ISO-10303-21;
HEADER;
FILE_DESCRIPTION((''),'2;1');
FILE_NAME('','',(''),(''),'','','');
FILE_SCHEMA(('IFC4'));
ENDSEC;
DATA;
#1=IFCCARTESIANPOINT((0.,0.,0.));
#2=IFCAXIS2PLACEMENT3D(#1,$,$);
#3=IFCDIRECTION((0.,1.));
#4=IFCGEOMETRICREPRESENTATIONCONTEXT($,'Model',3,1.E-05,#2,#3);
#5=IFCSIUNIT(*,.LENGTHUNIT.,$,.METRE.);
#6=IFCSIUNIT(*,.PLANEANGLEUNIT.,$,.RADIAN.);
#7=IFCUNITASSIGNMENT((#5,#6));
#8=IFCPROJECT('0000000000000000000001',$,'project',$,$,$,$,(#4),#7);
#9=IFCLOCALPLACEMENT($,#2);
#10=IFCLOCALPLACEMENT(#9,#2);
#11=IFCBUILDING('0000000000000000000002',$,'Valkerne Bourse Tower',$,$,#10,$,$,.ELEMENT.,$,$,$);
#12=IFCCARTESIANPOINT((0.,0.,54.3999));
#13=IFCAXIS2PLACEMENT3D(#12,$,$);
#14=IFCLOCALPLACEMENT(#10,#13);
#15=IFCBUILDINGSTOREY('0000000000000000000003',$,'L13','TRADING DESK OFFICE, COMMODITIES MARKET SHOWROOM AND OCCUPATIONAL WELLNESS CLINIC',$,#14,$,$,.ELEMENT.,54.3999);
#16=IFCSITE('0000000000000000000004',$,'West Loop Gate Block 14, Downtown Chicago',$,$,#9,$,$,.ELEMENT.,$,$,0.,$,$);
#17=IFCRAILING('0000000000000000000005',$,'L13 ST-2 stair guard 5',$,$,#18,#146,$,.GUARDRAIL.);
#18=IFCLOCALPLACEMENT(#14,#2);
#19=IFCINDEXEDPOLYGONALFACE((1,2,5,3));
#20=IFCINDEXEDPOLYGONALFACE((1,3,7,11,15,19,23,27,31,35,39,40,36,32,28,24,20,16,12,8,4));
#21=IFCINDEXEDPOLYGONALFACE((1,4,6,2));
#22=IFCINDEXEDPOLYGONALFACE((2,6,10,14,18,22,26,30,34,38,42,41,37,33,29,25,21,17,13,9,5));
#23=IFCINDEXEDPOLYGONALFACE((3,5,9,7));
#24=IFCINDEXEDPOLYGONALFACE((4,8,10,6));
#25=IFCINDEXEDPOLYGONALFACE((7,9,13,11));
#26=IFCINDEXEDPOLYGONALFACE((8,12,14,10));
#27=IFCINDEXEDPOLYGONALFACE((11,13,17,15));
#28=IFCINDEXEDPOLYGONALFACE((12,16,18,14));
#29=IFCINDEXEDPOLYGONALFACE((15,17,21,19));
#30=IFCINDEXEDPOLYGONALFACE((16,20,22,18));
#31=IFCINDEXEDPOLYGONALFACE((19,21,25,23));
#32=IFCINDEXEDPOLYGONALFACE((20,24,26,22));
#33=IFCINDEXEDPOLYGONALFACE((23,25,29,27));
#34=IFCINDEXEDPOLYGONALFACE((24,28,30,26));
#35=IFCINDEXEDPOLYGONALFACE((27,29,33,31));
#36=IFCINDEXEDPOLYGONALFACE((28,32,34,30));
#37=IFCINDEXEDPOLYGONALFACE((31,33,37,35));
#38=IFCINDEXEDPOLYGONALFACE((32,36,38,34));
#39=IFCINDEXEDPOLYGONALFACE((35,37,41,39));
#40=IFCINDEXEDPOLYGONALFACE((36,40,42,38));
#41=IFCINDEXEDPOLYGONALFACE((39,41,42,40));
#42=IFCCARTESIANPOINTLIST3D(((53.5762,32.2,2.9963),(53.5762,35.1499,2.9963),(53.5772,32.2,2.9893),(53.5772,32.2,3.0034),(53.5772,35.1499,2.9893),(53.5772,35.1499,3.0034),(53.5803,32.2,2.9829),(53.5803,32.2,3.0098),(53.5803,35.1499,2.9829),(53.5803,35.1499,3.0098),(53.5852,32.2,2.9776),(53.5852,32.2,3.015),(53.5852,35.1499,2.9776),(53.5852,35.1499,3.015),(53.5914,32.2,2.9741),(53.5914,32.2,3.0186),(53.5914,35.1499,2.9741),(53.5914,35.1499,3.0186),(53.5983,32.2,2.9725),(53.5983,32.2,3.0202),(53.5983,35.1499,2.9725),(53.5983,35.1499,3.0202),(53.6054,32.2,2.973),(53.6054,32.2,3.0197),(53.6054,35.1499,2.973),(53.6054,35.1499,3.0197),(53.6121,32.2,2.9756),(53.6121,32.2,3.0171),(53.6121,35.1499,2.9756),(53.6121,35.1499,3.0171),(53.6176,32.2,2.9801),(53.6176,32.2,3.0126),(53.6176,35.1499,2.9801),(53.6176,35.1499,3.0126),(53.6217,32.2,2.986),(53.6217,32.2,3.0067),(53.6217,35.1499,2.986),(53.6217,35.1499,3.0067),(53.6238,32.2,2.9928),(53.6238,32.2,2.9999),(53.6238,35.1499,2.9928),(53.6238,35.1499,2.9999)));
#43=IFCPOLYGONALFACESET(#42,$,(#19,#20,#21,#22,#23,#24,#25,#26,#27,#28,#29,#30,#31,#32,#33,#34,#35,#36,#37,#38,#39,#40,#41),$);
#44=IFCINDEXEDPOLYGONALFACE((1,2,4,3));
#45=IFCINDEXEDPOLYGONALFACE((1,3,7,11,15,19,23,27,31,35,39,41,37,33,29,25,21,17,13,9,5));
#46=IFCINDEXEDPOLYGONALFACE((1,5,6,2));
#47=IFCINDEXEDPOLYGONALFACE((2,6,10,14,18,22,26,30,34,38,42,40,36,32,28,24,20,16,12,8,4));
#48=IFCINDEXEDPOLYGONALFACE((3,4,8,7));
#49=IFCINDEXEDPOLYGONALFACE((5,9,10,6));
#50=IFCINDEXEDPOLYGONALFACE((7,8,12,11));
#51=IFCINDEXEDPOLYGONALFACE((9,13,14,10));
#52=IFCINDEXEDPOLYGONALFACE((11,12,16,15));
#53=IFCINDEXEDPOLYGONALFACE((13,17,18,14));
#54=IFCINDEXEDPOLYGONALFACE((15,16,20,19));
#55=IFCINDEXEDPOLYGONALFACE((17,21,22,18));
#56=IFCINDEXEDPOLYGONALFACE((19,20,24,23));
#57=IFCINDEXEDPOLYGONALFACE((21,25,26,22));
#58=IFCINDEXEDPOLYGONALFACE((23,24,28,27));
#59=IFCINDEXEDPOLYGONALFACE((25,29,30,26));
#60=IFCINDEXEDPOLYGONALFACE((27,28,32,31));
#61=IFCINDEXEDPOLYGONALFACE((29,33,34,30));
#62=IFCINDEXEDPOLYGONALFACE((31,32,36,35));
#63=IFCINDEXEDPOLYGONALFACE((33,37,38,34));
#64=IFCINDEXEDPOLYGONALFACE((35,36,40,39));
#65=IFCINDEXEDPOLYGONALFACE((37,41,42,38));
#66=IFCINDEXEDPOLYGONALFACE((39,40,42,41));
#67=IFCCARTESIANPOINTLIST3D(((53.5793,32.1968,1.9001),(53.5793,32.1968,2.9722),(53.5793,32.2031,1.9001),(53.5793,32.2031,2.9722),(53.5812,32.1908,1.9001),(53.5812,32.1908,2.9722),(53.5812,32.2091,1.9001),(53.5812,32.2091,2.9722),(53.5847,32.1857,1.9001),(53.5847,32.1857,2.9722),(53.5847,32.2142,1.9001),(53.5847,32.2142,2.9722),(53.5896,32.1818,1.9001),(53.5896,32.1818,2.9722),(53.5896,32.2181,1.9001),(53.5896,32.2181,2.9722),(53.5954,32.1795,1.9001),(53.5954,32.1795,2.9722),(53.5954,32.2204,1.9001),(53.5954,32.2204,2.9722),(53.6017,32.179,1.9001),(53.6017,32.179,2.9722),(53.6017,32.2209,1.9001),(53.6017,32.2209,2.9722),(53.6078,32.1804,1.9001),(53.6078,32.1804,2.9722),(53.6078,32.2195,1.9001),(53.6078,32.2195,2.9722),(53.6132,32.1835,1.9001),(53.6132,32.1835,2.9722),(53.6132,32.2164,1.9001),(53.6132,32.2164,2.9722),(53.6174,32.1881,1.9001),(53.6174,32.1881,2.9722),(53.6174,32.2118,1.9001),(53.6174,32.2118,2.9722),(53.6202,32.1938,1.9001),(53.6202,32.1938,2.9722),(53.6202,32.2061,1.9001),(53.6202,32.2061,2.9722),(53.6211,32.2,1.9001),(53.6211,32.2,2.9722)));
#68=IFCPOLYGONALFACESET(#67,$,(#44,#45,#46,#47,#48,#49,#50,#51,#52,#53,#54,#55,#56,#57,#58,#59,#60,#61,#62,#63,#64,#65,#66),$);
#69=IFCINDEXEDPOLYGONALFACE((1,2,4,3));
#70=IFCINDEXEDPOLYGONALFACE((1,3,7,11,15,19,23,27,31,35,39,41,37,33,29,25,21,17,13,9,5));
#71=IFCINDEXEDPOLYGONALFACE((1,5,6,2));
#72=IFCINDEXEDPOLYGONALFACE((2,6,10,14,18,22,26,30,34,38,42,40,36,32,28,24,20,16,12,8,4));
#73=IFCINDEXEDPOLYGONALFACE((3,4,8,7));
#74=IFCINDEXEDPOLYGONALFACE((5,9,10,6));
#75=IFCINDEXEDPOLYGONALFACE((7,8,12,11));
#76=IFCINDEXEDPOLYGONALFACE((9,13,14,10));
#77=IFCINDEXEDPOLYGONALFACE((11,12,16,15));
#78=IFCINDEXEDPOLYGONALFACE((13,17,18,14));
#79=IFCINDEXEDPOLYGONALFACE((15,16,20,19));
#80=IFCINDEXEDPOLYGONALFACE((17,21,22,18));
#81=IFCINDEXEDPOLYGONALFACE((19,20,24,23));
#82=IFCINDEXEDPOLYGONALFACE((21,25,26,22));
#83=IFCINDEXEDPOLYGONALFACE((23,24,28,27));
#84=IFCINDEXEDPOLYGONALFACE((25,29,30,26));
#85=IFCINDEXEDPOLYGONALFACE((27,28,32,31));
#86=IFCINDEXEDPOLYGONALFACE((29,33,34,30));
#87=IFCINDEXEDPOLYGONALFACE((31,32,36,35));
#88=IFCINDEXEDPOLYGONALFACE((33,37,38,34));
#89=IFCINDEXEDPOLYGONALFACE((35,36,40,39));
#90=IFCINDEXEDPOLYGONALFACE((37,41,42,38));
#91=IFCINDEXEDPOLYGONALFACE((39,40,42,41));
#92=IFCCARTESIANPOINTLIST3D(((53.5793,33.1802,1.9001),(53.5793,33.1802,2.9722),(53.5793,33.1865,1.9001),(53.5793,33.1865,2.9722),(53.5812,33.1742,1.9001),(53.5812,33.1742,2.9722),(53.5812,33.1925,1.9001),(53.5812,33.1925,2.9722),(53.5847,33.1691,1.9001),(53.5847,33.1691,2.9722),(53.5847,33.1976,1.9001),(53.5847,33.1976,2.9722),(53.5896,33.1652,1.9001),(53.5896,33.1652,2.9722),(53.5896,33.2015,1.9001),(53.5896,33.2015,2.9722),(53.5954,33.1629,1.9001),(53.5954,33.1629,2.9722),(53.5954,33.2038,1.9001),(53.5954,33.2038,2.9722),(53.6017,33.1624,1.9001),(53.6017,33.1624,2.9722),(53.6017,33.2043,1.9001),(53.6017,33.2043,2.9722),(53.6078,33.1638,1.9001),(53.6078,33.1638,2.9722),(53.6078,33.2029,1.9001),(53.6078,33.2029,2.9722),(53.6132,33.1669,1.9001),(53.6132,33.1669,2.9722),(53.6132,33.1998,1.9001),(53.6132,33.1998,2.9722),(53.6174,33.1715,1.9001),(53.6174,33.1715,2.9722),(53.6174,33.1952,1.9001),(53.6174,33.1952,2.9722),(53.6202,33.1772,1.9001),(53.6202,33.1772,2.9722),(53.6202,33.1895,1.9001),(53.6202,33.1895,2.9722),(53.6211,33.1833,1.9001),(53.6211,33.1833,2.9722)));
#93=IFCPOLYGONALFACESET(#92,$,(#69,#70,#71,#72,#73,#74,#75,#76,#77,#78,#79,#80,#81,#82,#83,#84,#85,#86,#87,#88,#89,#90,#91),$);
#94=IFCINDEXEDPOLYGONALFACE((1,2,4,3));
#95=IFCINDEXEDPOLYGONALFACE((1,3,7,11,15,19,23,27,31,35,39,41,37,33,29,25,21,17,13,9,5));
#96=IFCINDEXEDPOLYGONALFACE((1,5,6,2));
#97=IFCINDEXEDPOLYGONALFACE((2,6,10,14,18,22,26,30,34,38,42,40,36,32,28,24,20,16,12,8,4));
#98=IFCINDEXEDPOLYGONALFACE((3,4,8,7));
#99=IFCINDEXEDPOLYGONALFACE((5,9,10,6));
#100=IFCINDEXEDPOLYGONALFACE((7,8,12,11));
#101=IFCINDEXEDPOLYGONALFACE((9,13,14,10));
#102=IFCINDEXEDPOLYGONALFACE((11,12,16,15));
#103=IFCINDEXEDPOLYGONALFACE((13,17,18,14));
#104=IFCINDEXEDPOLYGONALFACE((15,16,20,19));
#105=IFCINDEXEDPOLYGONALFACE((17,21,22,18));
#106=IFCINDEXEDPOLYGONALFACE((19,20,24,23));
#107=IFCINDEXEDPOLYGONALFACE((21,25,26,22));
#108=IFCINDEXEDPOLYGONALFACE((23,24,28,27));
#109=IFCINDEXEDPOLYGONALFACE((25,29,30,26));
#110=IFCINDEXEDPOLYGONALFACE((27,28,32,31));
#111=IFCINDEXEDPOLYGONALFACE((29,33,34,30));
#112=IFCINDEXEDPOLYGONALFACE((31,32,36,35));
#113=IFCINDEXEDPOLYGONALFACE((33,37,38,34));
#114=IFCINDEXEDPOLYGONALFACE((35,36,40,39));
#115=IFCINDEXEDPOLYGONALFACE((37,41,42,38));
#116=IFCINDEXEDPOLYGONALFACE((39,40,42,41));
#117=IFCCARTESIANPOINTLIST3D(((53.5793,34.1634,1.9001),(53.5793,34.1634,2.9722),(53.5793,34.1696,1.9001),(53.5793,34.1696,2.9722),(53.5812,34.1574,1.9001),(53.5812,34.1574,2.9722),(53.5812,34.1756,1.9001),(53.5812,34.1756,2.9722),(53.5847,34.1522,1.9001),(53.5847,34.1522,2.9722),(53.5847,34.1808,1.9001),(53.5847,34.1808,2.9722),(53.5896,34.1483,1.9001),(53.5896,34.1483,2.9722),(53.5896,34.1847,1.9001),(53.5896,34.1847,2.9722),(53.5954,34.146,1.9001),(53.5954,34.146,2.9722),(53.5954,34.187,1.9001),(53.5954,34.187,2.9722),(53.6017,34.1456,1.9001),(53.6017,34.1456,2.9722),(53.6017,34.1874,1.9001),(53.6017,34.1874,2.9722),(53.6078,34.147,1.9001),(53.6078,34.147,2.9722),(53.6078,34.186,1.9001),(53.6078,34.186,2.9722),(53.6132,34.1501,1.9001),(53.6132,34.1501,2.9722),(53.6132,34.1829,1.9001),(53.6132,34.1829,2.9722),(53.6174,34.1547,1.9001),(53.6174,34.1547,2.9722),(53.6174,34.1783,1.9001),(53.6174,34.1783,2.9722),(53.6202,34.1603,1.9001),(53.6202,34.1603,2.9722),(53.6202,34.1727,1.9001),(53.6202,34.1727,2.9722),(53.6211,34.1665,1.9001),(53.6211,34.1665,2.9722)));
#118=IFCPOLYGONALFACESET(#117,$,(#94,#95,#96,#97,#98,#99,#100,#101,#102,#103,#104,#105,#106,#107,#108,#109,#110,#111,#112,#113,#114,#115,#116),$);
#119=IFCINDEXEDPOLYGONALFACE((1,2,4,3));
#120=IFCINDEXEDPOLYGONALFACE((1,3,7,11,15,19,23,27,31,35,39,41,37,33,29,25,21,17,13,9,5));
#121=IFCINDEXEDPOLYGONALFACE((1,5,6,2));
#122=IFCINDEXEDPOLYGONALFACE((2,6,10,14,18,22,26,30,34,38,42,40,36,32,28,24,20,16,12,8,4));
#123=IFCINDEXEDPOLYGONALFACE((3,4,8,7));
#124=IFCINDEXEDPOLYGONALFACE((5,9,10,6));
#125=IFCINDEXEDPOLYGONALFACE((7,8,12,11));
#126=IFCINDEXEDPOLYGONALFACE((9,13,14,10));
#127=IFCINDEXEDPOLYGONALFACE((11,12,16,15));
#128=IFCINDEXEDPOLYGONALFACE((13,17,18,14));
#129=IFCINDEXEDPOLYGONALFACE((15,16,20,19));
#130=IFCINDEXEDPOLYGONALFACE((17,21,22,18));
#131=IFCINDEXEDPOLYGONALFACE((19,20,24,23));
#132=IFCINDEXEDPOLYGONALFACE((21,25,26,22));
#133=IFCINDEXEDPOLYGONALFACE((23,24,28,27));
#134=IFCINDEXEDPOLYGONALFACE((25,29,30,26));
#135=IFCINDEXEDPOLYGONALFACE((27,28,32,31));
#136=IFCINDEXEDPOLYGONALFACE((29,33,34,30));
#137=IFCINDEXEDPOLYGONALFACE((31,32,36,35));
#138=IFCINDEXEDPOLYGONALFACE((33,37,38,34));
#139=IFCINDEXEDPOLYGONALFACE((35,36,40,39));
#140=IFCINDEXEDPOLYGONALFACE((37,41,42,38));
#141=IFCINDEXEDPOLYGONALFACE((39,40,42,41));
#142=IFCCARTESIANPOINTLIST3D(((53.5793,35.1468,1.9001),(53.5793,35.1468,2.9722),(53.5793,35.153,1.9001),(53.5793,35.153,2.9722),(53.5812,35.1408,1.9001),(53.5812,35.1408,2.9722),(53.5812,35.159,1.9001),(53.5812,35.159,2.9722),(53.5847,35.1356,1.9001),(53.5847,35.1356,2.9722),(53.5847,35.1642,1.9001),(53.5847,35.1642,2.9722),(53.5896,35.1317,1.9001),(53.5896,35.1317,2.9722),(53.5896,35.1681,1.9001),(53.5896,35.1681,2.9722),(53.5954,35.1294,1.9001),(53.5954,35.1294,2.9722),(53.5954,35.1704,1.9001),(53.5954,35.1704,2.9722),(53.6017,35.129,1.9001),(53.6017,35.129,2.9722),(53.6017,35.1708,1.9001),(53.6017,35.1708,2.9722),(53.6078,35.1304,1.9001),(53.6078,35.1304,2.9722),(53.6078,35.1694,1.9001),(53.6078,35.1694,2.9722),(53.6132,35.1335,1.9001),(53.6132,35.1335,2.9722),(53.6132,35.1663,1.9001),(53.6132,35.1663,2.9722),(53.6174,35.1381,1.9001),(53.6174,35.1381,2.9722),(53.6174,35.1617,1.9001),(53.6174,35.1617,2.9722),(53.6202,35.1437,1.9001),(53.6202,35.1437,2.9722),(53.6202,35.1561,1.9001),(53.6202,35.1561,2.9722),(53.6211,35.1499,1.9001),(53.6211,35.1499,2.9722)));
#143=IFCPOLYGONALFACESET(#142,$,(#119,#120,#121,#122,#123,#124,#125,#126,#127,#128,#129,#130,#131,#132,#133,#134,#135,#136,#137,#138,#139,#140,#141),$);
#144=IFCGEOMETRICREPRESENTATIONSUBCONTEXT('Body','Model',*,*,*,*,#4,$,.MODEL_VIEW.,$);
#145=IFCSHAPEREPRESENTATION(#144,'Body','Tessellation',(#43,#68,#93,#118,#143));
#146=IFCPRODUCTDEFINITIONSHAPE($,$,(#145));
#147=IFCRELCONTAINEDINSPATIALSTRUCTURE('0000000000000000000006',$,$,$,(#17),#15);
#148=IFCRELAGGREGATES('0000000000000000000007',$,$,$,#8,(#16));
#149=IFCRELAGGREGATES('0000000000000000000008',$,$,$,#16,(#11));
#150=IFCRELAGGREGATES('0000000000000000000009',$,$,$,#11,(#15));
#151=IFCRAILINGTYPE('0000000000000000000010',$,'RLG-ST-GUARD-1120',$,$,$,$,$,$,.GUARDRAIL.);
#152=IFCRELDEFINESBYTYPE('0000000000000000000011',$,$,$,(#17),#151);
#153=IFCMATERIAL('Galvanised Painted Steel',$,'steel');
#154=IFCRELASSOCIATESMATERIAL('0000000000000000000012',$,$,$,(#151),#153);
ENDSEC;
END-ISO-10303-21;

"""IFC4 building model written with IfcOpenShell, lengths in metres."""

from ifc_helpers import new_model, si_unit, direction, frame, origin, origin_2d, place, context, subcontext, project, spatial, circle, extrude, material, type_object, element, save


model = new_model("IFC4")

# Units and contexts
model_context = context("Model", 3, precision=1e-05, world=origin(), true_north=direction((0.0, 1.0)))
body_context = subcontext(model_context, "Body", "Model", "MODEL_VIEW")
ifc_project = project(units=[si_unit("LENGTHUNIT", "METRE"), si_unit("PLANEANGLEUNIT", "RADIAN")], contexts=[model_context])

# Site, building, storey
site_placement = place(None, origin())
site = spatial("IfcSite", under=ifc_project, at=site_placement, Name="West Loop Gate Block 14, Downtown Chicago", CompositionType="ELEMENT", RefElevation=0.0)
building_placement = place(site_placement, origin())
building = spatial("IfcBuilding", under=site, at=building_placement, Name="Valkerne Bourse Tower", CompositionType="ELEMENT")
storey_placement = place(building_placement, frame((0.0, 0.0, 54.3999)))
storey = spatial("IfcBuildingStorey", under=building, at=storey_placement, Name="L13", Description="TRADING DESK OFFICE, COMMODITIES MARKET SHOWROOM AND OCCUPATIONAL WELLNESS CLINIC", CompositionType="ELEMENT", Elevation=54.3999)

# Shared definitions
ifc_material_1 = material(Name="Galvanised Painted Steel", Category="steel")

# Railing
railing_type_1 = type_object("IfcRailingType", Name="RLG-ST-GUARD-1120", PredefinedType="GUARDRAIL", material=ifc_material_1)
railing_1_placement = place(storey_placement, frame((53.6001, 32.2, 1.9001)))
element("IfcRailing", 1, at=railing_1_placement, inside=storey, type_object=railing_type_1, Name="L13 ST-2 stair guard 5", PredefinedType="GUARDRAIL", context=body_context, shape_type="SweptSolid", body=[
    extrude(circle(Radius=0.0239, at=origin_2d()), frame((0.0, 0.0, 1.0962), z_axis=(0.0, 1.0, 0.0), x_axis=(-1.0, 0.0, 0.0)), (0.0, 0.0, 1.0), 2.95),
    extrude(circle(Radius=0.021, at=origin_2d()), origin(), (0.0, 0.0, 1.0), 1.072),
    extrude(circle(Radius=0.021, at=origin_2d()), frame((0.0, 0.9834, 0.0)), (0.0, 0.0, 1.0), 1.072),
    extrude(circle(Radius=0.021, at=origin_2d()), frame((0.0, 1.9666, 0.0)), (0.0, 0.0, 1.0), 1.072),
    extrude(circle(Radius=0.021, at=origin_2d()), frame((0.0, 2.95, 0.0)), (0.0, 0.0, 1.0), 1.072),
])

save(model, "model.ifc")
